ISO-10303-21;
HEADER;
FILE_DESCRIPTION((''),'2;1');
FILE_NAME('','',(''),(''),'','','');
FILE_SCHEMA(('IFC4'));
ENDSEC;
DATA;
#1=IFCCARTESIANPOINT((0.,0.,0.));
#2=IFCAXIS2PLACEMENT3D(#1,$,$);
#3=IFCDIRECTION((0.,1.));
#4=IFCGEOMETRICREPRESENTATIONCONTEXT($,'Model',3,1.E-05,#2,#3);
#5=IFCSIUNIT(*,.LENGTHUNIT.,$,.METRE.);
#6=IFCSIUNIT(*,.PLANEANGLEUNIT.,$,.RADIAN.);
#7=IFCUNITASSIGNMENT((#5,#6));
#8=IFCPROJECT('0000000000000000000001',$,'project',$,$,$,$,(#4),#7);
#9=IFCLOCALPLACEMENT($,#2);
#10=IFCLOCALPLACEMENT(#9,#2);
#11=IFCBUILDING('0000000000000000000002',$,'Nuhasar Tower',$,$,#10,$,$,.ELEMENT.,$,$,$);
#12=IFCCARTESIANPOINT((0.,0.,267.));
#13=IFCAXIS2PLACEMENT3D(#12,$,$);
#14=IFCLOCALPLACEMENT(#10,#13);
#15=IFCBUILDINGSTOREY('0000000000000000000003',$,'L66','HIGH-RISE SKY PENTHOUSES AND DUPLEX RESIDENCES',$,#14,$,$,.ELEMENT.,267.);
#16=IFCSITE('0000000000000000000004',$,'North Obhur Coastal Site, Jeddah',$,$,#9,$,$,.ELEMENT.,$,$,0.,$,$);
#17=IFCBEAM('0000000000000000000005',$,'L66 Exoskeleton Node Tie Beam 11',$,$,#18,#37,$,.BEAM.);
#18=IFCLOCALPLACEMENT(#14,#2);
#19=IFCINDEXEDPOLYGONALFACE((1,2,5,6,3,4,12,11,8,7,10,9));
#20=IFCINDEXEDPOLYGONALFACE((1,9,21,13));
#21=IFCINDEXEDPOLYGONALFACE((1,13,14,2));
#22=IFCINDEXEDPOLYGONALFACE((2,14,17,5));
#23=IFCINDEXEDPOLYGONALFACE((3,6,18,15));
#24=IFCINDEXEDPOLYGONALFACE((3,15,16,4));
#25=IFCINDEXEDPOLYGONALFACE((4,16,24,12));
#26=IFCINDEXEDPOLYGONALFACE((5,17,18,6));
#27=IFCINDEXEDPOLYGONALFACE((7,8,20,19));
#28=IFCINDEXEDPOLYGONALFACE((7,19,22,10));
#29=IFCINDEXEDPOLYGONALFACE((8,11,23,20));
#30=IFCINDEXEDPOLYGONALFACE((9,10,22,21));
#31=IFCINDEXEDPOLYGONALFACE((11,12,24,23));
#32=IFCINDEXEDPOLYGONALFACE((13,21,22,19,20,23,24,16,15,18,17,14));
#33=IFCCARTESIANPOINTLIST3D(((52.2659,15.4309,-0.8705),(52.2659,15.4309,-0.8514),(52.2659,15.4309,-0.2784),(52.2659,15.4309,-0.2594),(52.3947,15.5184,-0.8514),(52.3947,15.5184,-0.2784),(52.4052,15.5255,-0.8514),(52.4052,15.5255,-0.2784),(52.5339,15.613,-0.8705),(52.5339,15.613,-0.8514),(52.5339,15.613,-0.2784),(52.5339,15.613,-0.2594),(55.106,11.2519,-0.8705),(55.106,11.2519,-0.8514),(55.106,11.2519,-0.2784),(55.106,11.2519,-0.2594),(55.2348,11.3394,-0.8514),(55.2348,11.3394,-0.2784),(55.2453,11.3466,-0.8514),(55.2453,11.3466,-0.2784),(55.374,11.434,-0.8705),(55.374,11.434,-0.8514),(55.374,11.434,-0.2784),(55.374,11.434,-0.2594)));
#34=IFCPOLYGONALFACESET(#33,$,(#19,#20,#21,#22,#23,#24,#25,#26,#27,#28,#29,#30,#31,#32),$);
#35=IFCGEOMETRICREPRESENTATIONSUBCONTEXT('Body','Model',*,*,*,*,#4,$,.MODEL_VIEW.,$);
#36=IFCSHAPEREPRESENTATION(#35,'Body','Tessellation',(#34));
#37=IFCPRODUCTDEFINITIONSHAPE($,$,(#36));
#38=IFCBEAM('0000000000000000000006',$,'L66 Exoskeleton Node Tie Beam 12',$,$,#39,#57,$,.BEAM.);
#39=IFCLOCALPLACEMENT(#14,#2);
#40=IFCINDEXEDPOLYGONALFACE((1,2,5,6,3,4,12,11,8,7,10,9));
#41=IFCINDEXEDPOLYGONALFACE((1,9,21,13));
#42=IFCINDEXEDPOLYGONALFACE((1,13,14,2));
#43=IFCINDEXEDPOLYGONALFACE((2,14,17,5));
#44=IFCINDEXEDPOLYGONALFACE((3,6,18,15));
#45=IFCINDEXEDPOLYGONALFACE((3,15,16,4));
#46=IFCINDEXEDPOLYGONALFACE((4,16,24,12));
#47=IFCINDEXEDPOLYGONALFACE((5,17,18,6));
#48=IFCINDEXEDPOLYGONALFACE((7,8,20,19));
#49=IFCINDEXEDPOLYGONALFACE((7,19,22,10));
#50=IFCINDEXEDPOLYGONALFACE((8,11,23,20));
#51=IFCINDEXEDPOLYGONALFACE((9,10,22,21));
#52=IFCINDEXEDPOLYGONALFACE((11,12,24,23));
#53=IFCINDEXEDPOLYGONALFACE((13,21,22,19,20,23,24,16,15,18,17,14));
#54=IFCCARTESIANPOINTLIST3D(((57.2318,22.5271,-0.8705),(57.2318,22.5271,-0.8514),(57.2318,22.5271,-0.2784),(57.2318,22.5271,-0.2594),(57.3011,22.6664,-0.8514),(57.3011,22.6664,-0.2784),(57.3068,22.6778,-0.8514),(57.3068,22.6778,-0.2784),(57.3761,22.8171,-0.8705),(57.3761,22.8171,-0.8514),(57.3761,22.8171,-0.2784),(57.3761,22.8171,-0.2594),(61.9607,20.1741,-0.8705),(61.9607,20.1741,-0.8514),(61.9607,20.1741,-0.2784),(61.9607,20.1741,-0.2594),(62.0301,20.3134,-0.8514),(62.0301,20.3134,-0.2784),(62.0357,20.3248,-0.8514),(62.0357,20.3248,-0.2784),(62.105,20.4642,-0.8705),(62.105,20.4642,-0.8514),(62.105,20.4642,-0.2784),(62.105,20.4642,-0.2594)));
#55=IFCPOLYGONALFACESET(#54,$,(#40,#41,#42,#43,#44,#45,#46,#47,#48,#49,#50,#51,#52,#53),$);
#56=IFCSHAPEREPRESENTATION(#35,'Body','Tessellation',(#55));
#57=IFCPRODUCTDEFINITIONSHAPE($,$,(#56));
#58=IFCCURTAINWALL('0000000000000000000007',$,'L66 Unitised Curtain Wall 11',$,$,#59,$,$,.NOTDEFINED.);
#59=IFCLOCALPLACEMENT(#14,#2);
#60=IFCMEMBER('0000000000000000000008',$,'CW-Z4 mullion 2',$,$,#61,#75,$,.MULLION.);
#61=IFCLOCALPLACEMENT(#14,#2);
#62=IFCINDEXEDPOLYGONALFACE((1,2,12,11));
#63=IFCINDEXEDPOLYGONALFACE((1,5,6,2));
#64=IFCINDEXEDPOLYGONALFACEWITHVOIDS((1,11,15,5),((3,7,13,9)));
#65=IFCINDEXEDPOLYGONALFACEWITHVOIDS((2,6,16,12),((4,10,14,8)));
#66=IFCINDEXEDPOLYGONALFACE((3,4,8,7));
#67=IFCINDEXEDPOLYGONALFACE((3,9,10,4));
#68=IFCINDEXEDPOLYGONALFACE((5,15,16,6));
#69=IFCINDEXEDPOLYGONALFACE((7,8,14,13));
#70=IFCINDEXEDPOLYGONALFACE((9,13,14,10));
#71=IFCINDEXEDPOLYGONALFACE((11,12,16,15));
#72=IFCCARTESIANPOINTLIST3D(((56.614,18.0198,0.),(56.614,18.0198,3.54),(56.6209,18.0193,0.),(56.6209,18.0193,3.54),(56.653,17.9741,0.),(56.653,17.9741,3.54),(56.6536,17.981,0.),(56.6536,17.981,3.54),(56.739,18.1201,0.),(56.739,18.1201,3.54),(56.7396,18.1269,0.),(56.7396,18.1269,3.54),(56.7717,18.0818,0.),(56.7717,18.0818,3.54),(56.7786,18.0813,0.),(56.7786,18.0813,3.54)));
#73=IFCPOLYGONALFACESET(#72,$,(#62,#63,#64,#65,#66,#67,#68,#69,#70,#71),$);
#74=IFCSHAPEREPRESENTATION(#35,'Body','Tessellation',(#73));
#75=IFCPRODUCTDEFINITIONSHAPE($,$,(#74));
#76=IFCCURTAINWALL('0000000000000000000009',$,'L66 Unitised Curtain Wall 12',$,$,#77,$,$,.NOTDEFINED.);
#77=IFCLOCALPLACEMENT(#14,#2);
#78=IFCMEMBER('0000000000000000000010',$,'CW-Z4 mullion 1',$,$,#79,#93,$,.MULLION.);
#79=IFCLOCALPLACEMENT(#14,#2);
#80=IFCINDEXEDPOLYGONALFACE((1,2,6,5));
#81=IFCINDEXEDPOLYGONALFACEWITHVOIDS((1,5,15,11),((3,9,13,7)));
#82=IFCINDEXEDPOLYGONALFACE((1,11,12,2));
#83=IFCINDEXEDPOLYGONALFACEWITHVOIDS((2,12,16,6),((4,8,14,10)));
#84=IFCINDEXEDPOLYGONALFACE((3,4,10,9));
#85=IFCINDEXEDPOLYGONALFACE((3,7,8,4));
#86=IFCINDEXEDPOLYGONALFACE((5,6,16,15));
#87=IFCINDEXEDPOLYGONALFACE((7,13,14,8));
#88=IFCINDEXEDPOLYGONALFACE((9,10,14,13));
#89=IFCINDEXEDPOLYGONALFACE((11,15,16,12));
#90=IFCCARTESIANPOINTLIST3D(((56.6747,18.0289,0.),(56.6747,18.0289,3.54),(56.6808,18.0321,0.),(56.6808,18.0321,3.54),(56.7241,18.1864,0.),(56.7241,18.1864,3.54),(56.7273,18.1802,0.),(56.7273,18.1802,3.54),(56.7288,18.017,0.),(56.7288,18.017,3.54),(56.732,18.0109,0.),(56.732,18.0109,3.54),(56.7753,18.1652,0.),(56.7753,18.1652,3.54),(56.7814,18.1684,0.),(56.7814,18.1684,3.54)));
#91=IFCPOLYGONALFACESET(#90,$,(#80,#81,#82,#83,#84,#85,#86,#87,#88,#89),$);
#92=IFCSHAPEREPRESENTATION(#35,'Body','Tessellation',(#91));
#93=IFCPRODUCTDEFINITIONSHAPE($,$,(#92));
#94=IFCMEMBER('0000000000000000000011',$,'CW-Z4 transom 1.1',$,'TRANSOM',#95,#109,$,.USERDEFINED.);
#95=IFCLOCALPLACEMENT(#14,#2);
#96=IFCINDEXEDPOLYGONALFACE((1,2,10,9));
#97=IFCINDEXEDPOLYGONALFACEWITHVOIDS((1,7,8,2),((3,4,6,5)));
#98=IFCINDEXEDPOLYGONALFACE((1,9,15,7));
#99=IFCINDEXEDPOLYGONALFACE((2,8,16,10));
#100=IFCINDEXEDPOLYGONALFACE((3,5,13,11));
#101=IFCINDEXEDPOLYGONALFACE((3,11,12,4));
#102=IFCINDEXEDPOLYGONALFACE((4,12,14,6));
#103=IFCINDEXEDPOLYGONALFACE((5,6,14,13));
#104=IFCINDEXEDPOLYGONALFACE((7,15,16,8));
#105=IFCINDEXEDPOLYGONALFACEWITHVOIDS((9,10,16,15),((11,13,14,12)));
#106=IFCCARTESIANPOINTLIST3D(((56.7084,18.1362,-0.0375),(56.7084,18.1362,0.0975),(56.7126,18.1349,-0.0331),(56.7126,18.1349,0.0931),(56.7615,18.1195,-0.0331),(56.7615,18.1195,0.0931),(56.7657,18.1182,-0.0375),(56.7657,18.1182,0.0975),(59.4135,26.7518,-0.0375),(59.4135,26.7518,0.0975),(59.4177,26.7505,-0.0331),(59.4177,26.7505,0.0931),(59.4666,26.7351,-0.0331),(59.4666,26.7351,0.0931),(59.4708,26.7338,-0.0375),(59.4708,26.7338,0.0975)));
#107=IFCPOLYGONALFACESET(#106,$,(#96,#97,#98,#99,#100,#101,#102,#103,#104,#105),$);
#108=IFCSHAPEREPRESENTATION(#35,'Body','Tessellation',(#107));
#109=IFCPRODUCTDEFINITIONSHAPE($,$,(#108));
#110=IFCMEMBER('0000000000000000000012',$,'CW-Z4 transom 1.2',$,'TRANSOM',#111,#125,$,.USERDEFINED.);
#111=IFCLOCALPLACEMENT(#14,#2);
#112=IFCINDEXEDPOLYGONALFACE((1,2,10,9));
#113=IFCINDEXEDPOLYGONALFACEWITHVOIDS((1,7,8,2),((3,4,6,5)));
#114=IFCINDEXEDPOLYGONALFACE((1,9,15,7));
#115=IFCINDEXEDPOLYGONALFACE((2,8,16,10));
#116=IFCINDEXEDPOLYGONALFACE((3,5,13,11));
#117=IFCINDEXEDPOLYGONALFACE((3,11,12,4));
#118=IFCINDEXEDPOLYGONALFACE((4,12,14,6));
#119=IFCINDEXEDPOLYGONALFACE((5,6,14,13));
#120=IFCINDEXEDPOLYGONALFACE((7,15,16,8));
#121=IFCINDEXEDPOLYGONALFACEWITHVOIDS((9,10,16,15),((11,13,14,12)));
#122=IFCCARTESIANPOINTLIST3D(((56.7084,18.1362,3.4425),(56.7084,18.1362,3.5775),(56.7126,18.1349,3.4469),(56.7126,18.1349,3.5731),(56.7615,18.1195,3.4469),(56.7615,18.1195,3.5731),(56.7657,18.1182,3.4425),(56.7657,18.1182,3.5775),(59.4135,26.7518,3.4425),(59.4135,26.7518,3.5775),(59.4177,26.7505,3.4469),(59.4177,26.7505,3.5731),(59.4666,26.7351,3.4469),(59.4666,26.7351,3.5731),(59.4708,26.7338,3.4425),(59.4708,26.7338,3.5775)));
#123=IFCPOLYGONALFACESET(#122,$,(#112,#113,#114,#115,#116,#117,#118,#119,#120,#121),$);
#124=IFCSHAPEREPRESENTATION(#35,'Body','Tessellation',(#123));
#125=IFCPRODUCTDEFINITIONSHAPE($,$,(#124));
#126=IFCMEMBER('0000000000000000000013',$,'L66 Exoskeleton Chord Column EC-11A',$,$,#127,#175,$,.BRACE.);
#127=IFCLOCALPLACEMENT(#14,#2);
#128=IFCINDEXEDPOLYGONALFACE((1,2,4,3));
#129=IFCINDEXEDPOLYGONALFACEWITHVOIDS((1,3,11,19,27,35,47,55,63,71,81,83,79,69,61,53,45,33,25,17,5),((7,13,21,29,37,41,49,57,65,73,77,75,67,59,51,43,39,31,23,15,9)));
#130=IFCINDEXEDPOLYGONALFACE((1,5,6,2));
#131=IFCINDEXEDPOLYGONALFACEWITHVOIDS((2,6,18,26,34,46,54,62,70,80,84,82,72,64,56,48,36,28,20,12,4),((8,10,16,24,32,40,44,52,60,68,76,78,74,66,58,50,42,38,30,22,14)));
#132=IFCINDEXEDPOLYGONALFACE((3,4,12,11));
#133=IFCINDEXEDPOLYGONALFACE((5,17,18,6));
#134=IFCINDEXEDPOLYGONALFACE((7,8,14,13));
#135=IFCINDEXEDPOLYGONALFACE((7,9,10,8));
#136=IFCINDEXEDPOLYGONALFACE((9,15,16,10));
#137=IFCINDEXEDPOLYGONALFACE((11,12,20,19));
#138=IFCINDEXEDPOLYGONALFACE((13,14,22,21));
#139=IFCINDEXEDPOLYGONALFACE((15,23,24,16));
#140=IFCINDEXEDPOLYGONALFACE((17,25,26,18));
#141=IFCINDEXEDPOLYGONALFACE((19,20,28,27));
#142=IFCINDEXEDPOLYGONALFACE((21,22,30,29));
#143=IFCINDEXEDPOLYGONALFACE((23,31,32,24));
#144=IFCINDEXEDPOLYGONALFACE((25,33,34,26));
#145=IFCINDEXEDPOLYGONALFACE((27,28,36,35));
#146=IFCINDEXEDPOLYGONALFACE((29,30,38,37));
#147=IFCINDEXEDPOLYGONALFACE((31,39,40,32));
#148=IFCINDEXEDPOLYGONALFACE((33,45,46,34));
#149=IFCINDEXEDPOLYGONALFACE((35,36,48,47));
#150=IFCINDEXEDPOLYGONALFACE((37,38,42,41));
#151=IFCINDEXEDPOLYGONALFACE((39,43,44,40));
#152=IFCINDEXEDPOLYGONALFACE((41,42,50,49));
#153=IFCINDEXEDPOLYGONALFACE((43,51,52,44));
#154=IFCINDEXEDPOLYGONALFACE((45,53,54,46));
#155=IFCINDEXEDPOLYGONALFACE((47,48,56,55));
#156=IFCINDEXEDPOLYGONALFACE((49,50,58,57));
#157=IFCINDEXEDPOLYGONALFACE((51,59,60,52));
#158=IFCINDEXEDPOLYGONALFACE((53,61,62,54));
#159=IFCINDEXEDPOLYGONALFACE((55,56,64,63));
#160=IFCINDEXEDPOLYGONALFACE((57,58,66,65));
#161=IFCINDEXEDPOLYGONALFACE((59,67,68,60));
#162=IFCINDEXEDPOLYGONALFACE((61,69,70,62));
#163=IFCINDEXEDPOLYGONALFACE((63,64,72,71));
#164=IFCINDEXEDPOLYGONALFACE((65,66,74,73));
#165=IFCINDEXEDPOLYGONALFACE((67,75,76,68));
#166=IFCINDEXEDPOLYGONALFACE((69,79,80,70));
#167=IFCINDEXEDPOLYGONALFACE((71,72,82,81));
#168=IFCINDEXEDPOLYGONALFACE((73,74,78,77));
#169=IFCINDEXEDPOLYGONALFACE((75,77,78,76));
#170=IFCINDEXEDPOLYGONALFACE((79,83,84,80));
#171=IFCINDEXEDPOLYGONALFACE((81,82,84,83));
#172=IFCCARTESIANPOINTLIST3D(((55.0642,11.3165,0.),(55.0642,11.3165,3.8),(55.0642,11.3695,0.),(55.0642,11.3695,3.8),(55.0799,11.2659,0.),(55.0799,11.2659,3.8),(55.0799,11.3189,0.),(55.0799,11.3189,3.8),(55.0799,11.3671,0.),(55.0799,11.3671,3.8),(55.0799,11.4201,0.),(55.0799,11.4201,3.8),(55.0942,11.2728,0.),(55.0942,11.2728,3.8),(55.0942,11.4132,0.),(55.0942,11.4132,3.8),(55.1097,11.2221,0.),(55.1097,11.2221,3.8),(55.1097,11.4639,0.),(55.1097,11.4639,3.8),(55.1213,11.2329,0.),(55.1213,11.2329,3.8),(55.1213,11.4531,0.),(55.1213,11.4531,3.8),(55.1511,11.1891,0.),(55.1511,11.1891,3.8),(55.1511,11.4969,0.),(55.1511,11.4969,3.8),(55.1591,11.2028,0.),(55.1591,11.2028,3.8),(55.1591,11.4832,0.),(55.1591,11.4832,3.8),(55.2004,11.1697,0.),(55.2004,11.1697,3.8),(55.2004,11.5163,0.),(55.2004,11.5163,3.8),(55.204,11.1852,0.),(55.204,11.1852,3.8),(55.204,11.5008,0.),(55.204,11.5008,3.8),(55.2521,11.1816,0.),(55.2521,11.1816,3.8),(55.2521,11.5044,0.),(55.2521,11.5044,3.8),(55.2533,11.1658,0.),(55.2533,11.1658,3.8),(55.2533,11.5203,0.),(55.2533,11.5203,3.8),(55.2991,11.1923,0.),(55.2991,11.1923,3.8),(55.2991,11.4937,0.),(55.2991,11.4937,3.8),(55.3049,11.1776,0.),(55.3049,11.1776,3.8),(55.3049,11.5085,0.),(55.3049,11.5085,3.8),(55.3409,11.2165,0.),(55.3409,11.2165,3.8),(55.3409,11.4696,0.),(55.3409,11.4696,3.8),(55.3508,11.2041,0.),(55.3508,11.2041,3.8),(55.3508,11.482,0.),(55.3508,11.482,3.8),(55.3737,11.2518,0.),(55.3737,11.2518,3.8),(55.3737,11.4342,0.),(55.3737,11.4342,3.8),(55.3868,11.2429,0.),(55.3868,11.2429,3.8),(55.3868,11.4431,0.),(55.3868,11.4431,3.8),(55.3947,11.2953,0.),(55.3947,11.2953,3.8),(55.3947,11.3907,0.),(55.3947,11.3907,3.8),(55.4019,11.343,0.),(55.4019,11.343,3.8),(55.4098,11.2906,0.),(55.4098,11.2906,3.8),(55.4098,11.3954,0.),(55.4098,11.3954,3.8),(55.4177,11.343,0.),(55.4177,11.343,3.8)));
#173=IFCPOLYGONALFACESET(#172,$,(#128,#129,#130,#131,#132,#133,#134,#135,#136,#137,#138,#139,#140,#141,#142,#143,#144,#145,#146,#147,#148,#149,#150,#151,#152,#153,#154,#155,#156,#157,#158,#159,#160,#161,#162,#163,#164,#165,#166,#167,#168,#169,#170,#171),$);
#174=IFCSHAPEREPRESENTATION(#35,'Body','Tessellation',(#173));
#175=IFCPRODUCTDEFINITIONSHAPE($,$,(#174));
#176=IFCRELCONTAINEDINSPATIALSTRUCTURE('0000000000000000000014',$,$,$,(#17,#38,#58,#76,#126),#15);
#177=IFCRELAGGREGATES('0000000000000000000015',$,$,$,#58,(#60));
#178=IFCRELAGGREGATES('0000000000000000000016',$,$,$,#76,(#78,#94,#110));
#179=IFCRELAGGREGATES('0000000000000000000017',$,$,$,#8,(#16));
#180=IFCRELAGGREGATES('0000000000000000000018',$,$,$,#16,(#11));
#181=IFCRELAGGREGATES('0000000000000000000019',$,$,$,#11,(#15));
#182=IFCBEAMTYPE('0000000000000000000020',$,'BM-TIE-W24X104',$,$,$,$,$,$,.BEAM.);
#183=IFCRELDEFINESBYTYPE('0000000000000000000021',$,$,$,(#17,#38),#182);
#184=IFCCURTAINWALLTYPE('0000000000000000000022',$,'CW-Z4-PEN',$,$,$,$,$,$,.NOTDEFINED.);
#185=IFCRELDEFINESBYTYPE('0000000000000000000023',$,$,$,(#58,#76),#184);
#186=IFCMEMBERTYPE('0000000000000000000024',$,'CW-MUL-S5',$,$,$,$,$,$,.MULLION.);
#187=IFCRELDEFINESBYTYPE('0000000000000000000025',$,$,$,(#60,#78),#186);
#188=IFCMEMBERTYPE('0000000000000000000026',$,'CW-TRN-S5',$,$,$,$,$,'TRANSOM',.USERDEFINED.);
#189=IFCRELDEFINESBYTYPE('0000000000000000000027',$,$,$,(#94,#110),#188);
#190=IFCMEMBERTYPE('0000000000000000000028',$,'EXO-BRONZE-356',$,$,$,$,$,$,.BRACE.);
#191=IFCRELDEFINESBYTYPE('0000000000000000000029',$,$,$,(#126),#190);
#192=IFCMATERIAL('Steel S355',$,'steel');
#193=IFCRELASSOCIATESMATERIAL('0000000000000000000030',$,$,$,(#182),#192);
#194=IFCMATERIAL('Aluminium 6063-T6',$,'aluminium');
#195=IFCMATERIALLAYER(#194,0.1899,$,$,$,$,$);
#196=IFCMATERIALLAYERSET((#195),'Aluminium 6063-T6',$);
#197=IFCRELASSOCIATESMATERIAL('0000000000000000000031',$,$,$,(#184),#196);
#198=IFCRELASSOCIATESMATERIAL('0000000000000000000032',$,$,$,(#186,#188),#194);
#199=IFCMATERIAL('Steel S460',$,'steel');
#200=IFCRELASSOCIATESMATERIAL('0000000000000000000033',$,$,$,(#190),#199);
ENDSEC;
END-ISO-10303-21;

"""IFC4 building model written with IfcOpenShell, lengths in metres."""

from ifc_helpers import new_model, si_unit, direction, frame, origin, origin_2d, place, context, subcontext, project, spatial, hollow_rectangle, hollow_circle, i_section, extrude, material, layer, layer_set, material_profile, profile_set, type_object, element, aggregate, save


model = new_model("IFC4")

# Units and contexts
model_context = context("Model", 3, precision=1e-05, world=origin(), true_north=direction((0.0, 1.0)))
body_context = subcontext(model_context, "Body", "Model", "MODEL_VIEW")
ifc_project = project(units=[si_unit("LENGTHUNIT", "METRE"), si_unit("PLANEANGLEUNIT", "RADIAN")], contexts=[model_context])

# Site, building, storey
site_placement = place(None, origin())
site = spatial("IfcSite", under=ifc_project, at=site_placement, Name="North Obhur Coastal Site, Jeddah", CompositionType="ELEMENT", RefElevation=0.0)
building_placement = place(site_placement, origin())
building = spatial("IfcBuilding", under=site, at=building_placement, Name="Nuhasar Tower", CompositionType="ELEMENT")
storey_placement = place(building_placement, frame((0.0, 0.0, 267.0)))
storey = spatial("IfcBuildingStorey", under=building, at=storey_placement, Name="L66", Description="HIGH-RISE SKY PENTHOUSES AND DUPLEX RESIDENCES", CompositionType="ELEMENT", Elevation=267.0)

# Beams
ifc_material_1 = material(Name="Steel S355", Category="steel")
ifc_material_profile_1 = material_profile(ifc_material_1, i_section(OverallWidth=0.324, OverallDepth=0.6111, WebThickness=0.0127, FlangeThickness=0.019, at=origin_2d()), Name="W24X104")
ifc_profile_set_1 = profile_set([ifc_material_profile_1], Name="Steel S355")
beam_type_1 = type_object("IfcBeamType", Name="BM-TIE-W24X104", PredefinedType="BEAM", material=ifc_profile_set_1)
beam_1_placement = place(storey_placement, frame((52.3999, 15.522, -0.5649), z_axis=(0.562093, -0.827074, 0.0), x_axis=(0.827074, 0.562093, 0.0)))
element("IfcBeam", 1, at=beam_1_placement, inside=storey, type_object=beam_type_1, Name="L66 Exoskeleton Node Tie Beam 11", PredefinedType="BEAM", context=body_context, shape_type="SweptSolid", body=[
    extrude(i_section(OverallWidth=0.324, OverallDepth=0.6111, WebThickness=0.0127, FlangeThickness=0.019, at=origin_2d()), origin(), (0.0, 0.0, 1.0), 5.0527),
])
beam_2_placement = place(storey_placement, frame((57.304, 22.6721, -0.5649), z_axis=(0.895294, -0.445475, 0.0), x_axis=(0.445475, 0.895294, 0.0)))
element("IfcBeam", 2, at=beam_2_placement, inside=storey, type_object=beam_type_1, Name="L66 Exoskeleton Node Tie Beam 12", PredefinedType="BEAM", context=body_context, shape_type="SweptSolid", body=[
    extrude(i_section(OverallWidth=0.324, OverallDepth=0.6111, WebThickness=0.0127, FlangeThickness=0.019, at=origin_2d()), origin(), (0.0, 0.0, 1.0), 5.282),
])

# Curtain wall, member
ifc_material_2 = material(Name="Aluminium 6063-T6", Category="aluminium")
ifc_layer_1 = layer(ifc_material_2, 0.1899)
ifc_layer_set_1 = layer_set([ifc_layer_1], Name="Aluminium 6063-T6")
curtain_wall_type = type_object("IfcCurtainWallType", Name="CW-Z4-PEN", PredefinedType="NOTDEFINED", material=ifc_layer_set_1)
curtain_wall_1_placement = place(storey_placement, origin())
curtain_wall_1 = element("IfcCurtainWall", 3, at=curtain_wall_1_placement, inside=storey, type_object=curtain_wall_type, Name="L66 Unitised Curtain Wall 11", PredefinedType="NOTDEFINED")
ifc_material_profile_2 = material_profile(ifc_material_2, hollow_rectangle(XDim=0.0601, YDim=0.165, WallThickness=0.0049, at=origin_2d()), Name="CWM-5")
ifc_profile_set_2 = profile_set([ifc_material_profile_2], Name="Aluminium 6063-T6")
member_type_1 = type_object("IfcMemberType", Name="CW-MUL-S5", PredefinedType="MULLION", material=ifc_profile_set_2)
member_1_placement = place(storey_placement, frame((56.6963, 18.0505, 0.0), z_axis=(0.0, 0.0, 1.0), x_axis=(-0.649142, 0.760667, 0.0)))
member_1 = element("IfcMember", 4, at=member_1_placement, type_object=member_type_1, Name="CW-Z4 mullion 2", PredefinedType="MULLION", context=body_context, shape_type="SweptSolid", body=[
    extrude(hollow_rectangle(XDim=0.0601, YDim=0.165, WallThickness=0.0049, at=origin_2d()), origin(), (0.0, 0.0, 1.0), 3.54),
])

# Curtain wall, members
curtain_wall_2_placement = place(storey_placement, origin())
curtain_wall_2 = element("IfcCurtainWall", 5, at=curtain_wall_2_placement, inside=storey, type_object=curtain_wall_type, Name="L66 Unitised Curtain Wall 12", PredefinedType="NOTDEFINED")
member_2_placement = place(storey_placement, frame((56.728, 18.0986, 0.0), z_axis=(0.0, 0.0, 1.0), x_axis=(-0.954079, 0.299557, 0.0)))
member_2 = element("IfcMember", 6, at=member_2_placement, type_object=member_type_1, Name="CW-Z4 mullion 1", PredefinedType="MULLION", context=body_context, shape_type="SweptSolid", body=[
    extrude(hollow_rectangle(XDim=0.0601, YDim=0.165, WallThickness=0.0049, at=origin_2d()), origin(), (0.0, 0.0, 1.0), 3.54),
])
ifc_material_profile_3 = material_profile(ifc_material_2, hollow_rectangle(XDim=0.0601, YDim=0.135, WallThickness=0.0044, at=origin_2d()), Name="CWT-5")
ifc_profile_set_3 = profile_set([ifc_material_profile_3], Name="Aluminium 6063-T6")
member_type_2 = type_object("IfcMemberType", Name="CW-TRN-S5", ElementType="TRANSOM", PredefinedType="USERDEFINED", material=ifc_profile_set_3)
member_3_placement = place(storey_placement, frame((56.7371, 18.1272, 0.03), z_axis=(0.29956, 0.954077, 0.0), x_axis=(-0.954077, 0.29956, 0.0)))
member_3 = element("IfcMember", 7, at=member_3_placement, type_object=member_type_2, Name="CW-Z4 transom 1.1", ObjectType="TRANSOM", PredefinedType="USERDEFINED", context=body_context, shape_type="SweptSolid", body=[
    extrude(hollow_rectangle(XDim=0.0601, YDim=0.135, WallThickness=0.0044, at=origin_2d()), origin(), (0.0, 0.0, 1.0), 9.0303),
])
member_4_placement = place(storey_placement, frame((56.7371, 18.1272, 3.51), z_axis=(0.29956, 0.954077, 0.0), x_axis=(-0.954077, 0.29956, 0.0)))
member_4 = element("IfcMember", 8, at=member_4_placement, type_object=member_type_2, Name="CW-Z4 transom 1.2", ObjectType="TRANSOM", PredefinedType="USERDEFINED", context=body_context, shape_type="SweptSolid", body=[
    extrude(hollow_rectangle(XDim=0.0601, YDim=0.135, WallThickness=0.0044, at=origin_2d()), origin(), (0.0, 0.0, 1.0), 9.0303),
])

# Member
ifc_material_3 = material(Name="Steel S460", Category="steel")
ifc_material_profile_4 = material_profile(ifc_material_3, hollow_circle(Radius=0.1777, WallThickness=0.0159, at=origin_2d()), Name="HSS355.6X15.9")
ifc_profile_set_4 = profile_set([ifc_material_profile_4], Name="Steel S460")
member_type_3 = type_object("IfcMemberType", Name="EXO-BRONZE-356", PredefinedType="BRACE", material=ifc_profile_set_4)
for number, where, z_axis, x_axis, name in (
    (9, (55.24, 11.343, 0.0), (0.0, 0.0, 1.0), (1.0, 0.0, 0.0), "L66 Exoskeleton Chord Column EC-11A"),
):
    element("IfcMember", number, at=place(storey_placement, frame(where, z_axis=z_axis, x_axis=x_axis)), inside=storey, type_object=member_type_3, Name=name, PredefinedType="BRACE", context=body_context, shape_type="SweptSolid", body=[
        extrude(hollow_circle(Radius=0.1777, WallThickness=0.0159, at=origin_2d()), origin(), (0.0, 0.0, 1.0), 3.8),
    ])

aggregate(curtain_wall_1, [member_1])
aggregate(curtain_wall_2, [member_2, member_3, member_4])

save(model, "model.ifc")
